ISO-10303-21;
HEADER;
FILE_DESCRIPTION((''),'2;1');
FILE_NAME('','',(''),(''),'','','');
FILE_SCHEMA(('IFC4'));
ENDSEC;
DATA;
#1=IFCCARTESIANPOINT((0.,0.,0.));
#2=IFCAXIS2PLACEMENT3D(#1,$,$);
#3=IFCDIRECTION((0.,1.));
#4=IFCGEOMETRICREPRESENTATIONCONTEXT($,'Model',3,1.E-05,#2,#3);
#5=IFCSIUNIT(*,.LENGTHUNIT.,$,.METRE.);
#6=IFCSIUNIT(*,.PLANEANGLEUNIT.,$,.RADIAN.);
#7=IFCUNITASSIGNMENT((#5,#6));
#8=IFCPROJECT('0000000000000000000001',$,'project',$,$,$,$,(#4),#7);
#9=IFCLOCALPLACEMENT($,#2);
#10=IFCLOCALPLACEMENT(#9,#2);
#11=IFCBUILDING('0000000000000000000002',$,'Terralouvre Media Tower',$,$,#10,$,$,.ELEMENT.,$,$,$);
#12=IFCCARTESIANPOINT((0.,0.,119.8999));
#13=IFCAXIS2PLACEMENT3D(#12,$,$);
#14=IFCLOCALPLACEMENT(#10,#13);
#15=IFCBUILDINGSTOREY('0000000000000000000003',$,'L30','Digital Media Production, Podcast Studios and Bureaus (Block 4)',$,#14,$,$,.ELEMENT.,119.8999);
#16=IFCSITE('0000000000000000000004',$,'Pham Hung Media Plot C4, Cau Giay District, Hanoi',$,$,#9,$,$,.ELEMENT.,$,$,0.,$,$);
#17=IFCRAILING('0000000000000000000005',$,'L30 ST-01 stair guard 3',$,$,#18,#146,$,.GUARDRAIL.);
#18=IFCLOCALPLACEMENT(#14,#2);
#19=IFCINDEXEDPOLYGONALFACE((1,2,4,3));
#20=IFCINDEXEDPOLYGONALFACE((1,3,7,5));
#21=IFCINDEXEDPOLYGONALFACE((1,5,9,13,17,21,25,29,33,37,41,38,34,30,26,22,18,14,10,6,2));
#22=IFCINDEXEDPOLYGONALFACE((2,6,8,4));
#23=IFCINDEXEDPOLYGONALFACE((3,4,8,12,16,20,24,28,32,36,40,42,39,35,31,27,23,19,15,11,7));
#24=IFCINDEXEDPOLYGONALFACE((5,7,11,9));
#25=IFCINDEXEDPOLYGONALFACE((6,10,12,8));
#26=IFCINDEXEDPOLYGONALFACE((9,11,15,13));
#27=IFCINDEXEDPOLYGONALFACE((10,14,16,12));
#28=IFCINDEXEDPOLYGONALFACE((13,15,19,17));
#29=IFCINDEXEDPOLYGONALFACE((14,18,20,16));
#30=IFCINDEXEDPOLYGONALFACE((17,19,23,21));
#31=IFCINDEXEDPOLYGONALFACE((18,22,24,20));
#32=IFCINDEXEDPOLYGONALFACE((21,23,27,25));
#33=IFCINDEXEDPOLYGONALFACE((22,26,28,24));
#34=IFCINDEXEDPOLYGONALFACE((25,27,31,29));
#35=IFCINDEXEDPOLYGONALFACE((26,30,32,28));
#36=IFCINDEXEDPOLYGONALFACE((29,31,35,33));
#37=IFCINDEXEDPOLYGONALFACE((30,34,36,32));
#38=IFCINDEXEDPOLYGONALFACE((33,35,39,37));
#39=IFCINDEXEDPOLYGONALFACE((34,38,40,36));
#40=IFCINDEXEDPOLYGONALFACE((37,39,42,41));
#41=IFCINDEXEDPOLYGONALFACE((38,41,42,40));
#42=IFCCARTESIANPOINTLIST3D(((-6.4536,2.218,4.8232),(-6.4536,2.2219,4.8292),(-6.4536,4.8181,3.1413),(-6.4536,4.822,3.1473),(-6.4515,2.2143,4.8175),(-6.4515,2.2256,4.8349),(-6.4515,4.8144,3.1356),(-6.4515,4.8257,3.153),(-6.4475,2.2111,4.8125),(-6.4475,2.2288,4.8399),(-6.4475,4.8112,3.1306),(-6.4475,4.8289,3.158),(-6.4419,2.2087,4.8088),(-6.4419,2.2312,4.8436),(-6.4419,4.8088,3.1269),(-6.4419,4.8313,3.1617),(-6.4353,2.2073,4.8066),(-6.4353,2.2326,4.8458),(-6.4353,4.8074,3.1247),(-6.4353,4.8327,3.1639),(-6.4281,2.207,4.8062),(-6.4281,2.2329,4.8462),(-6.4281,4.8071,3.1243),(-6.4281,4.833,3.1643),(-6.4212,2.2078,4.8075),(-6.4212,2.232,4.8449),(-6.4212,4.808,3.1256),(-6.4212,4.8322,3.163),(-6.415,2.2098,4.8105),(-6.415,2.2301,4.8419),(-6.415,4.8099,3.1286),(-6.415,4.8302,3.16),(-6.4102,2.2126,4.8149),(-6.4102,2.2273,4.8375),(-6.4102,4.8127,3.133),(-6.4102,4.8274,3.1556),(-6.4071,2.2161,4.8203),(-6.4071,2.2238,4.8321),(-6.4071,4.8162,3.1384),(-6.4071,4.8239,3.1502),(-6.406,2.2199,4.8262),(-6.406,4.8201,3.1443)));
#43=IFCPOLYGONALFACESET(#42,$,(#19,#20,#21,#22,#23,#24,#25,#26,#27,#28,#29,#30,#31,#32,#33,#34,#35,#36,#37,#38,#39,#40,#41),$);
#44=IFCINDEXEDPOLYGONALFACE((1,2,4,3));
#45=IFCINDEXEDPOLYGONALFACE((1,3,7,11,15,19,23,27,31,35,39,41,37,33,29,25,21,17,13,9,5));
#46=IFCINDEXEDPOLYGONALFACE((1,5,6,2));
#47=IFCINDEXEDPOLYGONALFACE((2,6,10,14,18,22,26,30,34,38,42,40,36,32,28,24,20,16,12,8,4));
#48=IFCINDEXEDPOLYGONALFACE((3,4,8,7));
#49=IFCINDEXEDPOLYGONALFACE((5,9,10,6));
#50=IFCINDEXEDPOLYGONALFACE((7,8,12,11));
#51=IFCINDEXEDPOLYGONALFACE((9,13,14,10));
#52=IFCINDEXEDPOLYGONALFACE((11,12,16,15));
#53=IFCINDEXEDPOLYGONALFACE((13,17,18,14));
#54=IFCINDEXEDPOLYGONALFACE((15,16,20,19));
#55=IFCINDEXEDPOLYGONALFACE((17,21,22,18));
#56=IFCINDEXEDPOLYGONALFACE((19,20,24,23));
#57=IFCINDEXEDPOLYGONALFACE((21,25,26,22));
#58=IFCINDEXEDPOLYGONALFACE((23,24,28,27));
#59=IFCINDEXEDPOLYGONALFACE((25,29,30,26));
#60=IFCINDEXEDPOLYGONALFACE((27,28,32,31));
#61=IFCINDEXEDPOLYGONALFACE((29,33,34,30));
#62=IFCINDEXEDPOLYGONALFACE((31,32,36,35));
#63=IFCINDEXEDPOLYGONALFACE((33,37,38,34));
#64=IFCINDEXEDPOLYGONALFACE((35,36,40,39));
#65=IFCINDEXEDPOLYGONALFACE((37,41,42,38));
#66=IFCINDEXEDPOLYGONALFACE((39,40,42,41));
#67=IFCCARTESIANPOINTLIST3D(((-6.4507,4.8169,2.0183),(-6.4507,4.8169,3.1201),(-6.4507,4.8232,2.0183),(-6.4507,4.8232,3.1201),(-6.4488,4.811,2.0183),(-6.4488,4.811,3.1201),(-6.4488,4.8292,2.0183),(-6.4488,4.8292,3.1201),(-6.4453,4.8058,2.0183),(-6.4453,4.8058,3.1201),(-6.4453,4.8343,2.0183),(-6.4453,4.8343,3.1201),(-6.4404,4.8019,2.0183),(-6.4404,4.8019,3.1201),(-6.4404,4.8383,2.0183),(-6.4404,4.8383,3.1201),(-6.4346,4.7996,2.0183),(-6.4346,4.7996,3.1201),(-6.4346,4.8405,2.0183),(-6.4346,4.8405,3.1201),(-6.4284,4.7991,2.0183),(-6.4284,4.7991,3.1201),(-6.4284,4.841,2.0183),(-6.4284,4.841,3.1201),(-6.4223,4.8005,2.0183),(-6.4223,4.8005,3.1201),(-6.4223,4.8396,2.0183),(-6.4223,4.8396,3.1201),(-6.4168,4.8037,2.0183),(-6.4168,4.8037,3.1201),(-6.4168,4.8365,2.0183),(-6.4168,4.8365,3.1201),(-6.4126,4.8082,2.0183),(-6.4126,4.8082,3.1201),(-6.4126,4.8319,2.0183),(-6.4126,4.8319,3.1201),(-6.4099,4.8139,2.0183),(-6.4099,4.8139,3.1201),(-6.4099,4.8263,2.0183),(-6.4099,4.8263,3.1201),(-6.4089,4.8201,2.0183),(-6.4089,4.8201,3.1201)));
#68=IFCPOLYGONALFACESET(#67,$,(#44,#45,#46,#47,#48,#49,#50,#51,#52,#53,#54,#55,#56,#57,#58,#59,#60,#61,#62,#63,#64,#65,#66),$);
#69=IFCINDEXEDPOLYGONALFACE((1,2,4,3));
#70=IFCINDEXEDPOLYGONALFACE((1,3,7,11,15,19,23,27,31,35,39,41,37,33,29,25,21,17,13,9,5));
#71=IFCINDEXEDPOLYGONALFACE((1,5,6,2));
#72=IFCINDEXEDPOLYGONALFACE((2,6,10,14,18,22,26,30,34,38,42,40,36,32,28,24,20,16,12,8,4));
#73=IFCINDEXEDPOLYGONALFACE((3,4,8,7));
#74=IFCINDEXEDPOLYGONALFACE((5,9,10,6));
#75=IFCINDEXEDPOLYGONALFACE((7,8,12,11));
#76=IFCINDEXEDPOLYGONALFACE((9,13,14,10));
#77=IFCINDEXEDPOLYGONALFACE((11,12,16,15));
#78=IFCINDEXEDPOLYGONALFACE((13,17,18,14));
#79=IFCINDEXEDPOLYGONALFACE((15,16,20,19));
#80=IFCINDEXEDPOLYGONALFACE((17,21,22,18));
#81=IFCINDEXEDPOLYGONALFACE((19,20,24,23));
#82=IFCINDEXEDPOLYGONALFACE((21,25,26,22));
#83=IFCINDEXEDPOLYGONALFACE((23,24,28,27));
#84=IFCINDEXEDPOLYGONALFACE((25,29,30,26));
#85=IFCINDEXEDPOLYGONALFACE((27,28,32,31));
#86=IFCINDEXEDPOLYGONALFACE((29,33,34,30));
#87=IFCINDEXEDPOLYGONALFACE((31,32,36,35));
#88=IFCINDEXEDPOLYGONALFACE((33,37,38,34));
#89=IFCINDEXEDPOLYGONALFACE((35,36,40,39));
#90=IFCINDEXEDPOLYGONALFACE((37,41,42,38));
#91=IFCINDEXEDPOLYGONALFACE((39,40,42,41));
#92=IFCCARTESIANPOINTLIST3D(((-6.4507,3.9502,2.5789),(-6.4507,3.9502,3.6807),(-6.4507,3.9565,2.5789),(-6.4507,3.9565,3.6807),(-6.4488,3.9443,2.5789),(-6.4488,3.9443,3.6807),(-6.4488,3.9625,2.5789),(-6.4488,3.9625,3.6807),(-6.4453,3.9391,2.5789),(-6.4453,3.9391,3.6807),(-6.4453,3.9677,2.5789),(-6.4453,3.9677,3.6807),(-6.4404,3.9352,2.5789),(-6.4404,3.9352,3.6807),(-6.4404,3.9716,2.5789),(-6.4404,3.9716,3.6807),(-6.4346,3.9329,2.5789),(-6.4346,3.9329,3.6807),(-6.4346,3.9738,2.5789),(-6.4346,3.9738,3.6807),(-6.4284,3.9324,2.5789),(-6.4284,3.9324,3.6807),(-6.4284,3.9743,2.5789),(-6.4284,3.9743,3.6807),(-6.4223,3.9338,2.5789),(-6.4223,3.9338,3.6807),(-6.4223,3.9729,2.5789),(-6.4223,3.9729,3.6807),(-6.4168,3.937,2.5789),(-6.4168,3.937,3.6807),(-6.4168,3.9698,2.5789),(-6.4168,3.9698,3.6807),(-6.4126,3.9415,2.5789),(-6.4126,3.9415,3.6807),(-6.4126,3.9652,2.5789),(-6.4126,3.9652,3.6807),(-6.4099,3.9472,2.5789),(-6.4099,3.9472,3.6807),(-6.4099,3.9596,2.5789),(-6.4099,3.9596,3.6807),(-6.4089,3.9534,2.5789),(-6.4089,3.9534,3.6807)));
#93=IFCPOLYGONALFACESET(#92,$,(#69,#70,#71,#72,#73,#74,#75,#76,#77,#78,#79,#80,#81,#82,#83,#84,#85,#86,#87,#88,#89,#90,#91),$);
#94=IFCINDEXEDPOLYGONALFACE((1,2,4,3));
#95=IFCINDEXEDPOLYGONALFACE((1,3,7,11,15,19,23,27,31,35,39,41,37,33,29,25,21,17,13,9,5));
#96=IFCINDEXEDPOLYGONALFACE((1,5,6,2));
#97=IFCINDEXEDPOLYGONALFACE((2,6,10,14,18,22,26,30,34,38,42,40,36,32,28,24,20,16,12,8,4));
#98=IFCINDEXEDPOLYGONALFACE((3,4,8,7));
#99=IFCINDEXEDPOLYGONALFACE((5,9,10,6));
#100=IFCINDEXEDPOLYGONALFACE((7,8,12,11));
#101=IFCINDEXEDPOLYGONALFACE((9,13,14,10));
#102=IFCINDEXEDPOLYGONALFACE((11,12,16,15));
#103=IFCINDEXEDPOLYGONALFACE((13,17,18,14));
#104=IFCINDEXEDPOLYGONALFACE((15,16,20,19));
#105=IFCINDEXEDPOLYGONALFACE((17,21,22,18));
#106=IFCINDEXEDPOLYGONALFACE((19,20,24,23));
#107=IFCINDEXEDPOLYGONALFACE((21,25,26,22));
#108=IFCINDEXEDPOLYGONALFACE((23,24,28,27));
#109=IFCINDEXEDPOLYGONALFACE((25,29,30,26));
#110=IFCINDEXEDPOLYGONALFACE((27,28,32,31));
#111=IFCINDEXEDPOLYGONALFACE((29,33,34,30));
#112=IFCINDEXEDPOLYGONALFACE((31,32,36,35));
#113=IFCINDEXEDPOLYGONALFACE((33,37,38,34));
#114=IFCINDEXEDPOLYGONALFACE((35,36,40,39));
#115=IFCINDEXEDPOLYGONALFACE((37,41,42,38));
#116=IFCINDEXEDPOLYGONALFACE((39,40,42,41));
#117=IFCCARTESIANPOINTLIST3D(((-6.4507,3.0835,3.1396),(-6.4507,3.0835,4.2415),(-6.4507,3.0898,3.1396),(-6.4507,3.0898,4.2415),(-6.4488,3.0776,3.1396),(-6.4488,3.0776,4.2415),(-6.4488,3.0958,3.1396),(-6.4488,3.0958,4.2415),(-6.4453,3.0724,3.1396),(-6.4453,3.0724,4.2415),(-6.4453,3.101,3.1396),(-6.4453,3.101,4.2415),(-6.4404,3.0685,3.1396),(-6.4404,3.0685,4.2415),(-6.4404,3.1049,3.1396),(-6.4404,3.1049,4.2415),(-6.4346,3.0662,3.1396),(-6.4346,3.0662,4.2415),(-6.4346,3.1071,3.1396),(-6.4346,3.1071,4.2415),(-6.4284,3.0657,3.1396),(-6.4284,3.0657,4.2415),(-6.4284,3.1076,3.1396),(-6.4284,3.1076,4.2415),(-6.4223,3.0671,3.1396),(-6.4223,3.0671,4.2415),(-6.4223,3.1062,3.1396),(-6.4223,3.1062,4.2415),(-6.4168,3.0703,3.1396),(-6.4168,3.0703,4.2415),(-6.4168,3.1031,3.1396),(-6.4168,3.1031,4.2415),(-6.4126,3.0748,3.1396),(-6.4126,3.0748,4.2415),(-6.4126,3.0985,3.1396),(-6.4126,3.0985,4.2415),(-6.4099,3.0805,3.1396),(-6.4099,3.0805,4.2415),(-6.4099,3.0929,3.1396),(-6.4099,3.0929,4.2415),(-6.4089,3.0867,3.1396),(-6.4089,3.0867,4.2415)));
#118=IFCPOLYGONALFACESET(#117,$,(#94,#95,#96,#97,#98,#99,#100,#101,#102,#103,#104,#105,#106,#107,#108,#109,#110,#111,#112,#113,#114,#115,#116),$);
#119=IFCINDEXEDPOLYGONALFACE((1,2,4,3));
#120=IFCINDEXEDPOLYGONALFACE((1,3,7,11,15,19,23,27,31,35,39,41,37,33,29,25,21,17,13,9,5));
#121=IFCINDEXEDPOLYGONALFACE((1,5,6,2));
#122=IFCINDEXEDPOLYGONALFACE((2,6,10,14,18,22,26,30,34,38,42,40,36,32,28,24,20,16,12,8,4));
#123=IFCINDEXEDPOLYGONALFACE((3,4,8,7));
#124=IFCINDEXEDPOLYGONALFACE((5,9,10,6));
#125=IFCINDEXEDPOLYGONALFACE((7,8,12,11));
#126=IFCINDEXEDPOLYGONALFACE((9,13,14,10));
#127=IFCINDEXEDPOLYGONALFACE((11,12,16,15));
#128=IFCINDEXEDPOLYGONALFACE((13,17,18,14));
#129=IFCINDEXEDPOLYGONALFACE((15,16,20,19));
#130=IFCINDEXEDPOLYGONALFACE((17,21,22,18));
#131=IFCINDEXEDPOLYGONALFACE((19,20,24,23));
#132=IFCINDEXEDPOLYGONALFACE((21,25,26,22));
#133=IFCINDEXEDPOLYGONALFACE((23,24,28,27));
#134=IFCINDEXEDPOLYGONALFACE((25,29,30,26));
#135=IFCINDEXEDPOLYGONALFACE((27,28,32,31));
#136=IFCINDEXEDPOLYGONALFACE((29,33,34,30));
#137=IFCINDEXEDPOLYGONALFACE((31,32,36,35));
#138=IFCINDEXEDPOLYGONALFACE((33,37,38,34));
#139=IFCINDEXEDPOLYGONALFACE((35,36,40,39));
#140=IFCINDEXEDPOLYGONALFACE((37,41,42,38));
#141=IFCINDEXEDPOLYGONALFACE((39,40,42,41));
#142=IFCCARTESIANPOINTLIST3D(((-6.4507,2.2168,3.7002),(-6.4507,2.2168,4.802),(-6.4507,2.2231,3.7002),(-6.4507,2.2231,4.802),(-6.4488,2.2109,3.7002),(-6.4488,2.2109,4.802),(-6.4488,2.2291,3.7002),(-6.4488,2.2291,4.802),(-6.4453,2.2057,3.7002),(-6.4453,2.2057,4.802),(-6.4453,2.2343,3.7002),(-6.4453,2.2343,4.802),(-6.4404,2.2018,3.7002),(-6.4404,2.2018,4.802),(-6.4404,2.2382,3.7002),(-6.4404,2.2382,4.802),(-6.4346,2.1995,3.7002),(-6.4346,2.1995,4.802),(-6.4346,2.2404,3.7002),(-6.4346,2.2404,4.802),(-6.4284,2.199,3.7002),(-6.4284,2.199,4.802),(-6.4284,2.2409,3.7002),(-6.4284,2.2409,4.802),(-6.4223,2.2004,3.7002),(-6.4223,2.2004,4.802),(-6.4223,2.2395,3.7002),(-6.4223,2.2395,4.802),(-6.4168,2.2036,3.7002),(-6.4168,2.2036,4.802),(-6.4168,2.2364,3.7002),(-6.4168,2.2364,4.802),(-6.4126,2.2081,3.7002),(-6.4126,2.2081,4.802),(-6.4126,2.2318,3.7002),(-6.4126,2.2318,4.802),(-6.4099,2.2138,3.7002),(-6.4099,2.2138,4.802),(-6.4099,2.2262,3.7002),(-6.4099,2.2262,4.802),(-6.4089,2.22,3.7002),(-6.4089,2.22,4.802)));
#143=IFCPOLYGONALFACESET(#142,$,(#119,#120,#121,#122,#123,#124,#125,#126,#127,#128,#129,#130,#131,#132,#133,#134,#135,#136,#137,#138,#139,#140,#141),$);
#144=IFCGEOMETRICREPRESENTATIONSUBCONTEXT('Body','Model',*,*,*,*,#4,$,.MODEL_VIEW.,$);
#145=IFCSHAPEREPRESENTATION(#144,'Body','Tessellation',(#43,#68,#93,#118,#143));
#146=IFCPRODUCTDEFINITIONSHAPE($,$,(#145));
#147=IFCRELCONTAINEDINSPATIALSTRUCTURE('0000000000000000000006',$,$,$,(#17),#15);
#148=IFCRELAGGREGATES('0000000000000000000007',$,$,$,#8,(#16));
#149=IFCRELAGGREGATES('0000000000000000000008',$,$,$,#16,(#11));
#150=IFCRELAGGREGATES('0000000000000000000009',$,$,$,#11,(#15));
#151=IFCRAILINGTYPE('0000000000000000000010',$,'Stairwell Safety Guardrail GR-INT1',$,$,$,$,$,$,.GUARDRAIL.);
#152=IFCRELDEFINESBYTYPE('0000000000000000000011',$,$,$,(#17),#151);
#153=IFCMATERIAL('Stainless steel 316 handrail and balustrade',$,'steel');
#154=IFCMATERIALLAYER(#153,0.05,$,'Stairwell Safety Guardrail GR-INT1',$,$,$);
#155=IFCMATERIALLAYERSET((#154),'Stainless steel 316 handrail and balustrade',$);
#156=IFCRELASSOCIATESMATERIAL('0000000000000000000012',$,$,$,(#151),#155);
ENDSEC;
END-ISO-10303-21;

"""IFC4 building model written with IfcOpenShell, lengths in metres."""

from ifc_helpers import new_model, si_unit, direction, frame, origin, origin_2d, place, context, subcontext, project, spatial, circle, extrude, material, layer, layer_set, type_object, element, save


model = new_model("IFC4")

# Units and contexts
model_context = context("Model", 3, precision=1e-05, world=origin(), true_north=direction((0.0, 1.0)))
body_context = subcontext(model_context, "Body", "Model", "MODEL_VIEW")
ifc_project = project(units=[si_unit("LENGTHUNIT", "METRE"), si_unit("PLANEANGLEUNIT", "RADIAN")], contexts=[model_context])

# Site, building, storey
site_placement = place(None, origin())
site = spatial("IfcSite", under=ifc_project, at=site_placement, Name="Pham Hung Media Plot C4, Cau Giay District, Hanoi", CompositionType="ELEMENT", RefElevation=0.0)
building_placement = place(site_placement, origin())
building = spatial("IfcBuilding", under=site, at=building_placement, Name="Terralouvre Media Tower", CompositionType="ELEMENT")
storey_placement = place(building_placement, frame((0.0, 0.0, 119.8999)))
storey = spatial("IfcBuildingStorey", under=building, at=storey_placement, Name="L30", Description="Digital Media Production, Podcast Studios and Bureaus (Block 4)", CompositionType="ELEMENT", Elevation=119.8999)

# Railing
ifc_material_1 = material(Name="Stainless steel 316 handrail and balustrade", Category="steel")
ifc_layer_1 = layer(ifc_material_1, 0.05, Name="Stairwell Safety Guardrail GR-INT1")
ifc_layer_set_1 = layer_set([ifc_layer_1], Name="Stainless steel 316 handrail and balustrade")
railing_type_1 = type_object("IfcRailingType", Name="Stairwell Safety Guardrail GR-INT1", PredefinedType="GUARDRAIL", material=ifc_layer_set_1)
railing_1_placement = place(storey_placement, frame((-6.4299, 4.8201, 2.0183)))
element("IfcRailing", 1, at=railing_1_placement, inside=storey, type_object=railing_type_1, Name="L30 ST-01 stair guard 3", PredefinedType="GUARDRAIL", context=body_context, shape_type="SweptSolid", body=[
    extrude(circle(Radius=0.0239, at=origin_2d()), frame((0.0, 0.0, 1.126), z_axis=(0.0, -0.839648, 0.54313), x_axis=(1.0, 0.0, 0.0)), (0.0, 0.0, 1.0), 3.0967),
    extrude(circle(Radius=0.021, at=origin_2d()), origin(), (0.0, 0.0, 1.0), 1.1018),
    extrude(circle(Radius=0.021, at=origin_2d()), frame((0.0, -0.8667, 0.5605)), (0.0, 0.0, 1.0), 1.1018),
    extrude(circle(Radius=0.021, at=origin_2d()), frame((0.0, -1.7334, 1.1213)), (0.0, 0.0, 1.0), 1.1018),
    extrude(circle(Radius=0.021, at=origin_2d()), frame((0.0, -2.6001, 1.6819)), (0.0, 0.0, 1.0), 1.1018),
])

save(model, "model.ifc")
